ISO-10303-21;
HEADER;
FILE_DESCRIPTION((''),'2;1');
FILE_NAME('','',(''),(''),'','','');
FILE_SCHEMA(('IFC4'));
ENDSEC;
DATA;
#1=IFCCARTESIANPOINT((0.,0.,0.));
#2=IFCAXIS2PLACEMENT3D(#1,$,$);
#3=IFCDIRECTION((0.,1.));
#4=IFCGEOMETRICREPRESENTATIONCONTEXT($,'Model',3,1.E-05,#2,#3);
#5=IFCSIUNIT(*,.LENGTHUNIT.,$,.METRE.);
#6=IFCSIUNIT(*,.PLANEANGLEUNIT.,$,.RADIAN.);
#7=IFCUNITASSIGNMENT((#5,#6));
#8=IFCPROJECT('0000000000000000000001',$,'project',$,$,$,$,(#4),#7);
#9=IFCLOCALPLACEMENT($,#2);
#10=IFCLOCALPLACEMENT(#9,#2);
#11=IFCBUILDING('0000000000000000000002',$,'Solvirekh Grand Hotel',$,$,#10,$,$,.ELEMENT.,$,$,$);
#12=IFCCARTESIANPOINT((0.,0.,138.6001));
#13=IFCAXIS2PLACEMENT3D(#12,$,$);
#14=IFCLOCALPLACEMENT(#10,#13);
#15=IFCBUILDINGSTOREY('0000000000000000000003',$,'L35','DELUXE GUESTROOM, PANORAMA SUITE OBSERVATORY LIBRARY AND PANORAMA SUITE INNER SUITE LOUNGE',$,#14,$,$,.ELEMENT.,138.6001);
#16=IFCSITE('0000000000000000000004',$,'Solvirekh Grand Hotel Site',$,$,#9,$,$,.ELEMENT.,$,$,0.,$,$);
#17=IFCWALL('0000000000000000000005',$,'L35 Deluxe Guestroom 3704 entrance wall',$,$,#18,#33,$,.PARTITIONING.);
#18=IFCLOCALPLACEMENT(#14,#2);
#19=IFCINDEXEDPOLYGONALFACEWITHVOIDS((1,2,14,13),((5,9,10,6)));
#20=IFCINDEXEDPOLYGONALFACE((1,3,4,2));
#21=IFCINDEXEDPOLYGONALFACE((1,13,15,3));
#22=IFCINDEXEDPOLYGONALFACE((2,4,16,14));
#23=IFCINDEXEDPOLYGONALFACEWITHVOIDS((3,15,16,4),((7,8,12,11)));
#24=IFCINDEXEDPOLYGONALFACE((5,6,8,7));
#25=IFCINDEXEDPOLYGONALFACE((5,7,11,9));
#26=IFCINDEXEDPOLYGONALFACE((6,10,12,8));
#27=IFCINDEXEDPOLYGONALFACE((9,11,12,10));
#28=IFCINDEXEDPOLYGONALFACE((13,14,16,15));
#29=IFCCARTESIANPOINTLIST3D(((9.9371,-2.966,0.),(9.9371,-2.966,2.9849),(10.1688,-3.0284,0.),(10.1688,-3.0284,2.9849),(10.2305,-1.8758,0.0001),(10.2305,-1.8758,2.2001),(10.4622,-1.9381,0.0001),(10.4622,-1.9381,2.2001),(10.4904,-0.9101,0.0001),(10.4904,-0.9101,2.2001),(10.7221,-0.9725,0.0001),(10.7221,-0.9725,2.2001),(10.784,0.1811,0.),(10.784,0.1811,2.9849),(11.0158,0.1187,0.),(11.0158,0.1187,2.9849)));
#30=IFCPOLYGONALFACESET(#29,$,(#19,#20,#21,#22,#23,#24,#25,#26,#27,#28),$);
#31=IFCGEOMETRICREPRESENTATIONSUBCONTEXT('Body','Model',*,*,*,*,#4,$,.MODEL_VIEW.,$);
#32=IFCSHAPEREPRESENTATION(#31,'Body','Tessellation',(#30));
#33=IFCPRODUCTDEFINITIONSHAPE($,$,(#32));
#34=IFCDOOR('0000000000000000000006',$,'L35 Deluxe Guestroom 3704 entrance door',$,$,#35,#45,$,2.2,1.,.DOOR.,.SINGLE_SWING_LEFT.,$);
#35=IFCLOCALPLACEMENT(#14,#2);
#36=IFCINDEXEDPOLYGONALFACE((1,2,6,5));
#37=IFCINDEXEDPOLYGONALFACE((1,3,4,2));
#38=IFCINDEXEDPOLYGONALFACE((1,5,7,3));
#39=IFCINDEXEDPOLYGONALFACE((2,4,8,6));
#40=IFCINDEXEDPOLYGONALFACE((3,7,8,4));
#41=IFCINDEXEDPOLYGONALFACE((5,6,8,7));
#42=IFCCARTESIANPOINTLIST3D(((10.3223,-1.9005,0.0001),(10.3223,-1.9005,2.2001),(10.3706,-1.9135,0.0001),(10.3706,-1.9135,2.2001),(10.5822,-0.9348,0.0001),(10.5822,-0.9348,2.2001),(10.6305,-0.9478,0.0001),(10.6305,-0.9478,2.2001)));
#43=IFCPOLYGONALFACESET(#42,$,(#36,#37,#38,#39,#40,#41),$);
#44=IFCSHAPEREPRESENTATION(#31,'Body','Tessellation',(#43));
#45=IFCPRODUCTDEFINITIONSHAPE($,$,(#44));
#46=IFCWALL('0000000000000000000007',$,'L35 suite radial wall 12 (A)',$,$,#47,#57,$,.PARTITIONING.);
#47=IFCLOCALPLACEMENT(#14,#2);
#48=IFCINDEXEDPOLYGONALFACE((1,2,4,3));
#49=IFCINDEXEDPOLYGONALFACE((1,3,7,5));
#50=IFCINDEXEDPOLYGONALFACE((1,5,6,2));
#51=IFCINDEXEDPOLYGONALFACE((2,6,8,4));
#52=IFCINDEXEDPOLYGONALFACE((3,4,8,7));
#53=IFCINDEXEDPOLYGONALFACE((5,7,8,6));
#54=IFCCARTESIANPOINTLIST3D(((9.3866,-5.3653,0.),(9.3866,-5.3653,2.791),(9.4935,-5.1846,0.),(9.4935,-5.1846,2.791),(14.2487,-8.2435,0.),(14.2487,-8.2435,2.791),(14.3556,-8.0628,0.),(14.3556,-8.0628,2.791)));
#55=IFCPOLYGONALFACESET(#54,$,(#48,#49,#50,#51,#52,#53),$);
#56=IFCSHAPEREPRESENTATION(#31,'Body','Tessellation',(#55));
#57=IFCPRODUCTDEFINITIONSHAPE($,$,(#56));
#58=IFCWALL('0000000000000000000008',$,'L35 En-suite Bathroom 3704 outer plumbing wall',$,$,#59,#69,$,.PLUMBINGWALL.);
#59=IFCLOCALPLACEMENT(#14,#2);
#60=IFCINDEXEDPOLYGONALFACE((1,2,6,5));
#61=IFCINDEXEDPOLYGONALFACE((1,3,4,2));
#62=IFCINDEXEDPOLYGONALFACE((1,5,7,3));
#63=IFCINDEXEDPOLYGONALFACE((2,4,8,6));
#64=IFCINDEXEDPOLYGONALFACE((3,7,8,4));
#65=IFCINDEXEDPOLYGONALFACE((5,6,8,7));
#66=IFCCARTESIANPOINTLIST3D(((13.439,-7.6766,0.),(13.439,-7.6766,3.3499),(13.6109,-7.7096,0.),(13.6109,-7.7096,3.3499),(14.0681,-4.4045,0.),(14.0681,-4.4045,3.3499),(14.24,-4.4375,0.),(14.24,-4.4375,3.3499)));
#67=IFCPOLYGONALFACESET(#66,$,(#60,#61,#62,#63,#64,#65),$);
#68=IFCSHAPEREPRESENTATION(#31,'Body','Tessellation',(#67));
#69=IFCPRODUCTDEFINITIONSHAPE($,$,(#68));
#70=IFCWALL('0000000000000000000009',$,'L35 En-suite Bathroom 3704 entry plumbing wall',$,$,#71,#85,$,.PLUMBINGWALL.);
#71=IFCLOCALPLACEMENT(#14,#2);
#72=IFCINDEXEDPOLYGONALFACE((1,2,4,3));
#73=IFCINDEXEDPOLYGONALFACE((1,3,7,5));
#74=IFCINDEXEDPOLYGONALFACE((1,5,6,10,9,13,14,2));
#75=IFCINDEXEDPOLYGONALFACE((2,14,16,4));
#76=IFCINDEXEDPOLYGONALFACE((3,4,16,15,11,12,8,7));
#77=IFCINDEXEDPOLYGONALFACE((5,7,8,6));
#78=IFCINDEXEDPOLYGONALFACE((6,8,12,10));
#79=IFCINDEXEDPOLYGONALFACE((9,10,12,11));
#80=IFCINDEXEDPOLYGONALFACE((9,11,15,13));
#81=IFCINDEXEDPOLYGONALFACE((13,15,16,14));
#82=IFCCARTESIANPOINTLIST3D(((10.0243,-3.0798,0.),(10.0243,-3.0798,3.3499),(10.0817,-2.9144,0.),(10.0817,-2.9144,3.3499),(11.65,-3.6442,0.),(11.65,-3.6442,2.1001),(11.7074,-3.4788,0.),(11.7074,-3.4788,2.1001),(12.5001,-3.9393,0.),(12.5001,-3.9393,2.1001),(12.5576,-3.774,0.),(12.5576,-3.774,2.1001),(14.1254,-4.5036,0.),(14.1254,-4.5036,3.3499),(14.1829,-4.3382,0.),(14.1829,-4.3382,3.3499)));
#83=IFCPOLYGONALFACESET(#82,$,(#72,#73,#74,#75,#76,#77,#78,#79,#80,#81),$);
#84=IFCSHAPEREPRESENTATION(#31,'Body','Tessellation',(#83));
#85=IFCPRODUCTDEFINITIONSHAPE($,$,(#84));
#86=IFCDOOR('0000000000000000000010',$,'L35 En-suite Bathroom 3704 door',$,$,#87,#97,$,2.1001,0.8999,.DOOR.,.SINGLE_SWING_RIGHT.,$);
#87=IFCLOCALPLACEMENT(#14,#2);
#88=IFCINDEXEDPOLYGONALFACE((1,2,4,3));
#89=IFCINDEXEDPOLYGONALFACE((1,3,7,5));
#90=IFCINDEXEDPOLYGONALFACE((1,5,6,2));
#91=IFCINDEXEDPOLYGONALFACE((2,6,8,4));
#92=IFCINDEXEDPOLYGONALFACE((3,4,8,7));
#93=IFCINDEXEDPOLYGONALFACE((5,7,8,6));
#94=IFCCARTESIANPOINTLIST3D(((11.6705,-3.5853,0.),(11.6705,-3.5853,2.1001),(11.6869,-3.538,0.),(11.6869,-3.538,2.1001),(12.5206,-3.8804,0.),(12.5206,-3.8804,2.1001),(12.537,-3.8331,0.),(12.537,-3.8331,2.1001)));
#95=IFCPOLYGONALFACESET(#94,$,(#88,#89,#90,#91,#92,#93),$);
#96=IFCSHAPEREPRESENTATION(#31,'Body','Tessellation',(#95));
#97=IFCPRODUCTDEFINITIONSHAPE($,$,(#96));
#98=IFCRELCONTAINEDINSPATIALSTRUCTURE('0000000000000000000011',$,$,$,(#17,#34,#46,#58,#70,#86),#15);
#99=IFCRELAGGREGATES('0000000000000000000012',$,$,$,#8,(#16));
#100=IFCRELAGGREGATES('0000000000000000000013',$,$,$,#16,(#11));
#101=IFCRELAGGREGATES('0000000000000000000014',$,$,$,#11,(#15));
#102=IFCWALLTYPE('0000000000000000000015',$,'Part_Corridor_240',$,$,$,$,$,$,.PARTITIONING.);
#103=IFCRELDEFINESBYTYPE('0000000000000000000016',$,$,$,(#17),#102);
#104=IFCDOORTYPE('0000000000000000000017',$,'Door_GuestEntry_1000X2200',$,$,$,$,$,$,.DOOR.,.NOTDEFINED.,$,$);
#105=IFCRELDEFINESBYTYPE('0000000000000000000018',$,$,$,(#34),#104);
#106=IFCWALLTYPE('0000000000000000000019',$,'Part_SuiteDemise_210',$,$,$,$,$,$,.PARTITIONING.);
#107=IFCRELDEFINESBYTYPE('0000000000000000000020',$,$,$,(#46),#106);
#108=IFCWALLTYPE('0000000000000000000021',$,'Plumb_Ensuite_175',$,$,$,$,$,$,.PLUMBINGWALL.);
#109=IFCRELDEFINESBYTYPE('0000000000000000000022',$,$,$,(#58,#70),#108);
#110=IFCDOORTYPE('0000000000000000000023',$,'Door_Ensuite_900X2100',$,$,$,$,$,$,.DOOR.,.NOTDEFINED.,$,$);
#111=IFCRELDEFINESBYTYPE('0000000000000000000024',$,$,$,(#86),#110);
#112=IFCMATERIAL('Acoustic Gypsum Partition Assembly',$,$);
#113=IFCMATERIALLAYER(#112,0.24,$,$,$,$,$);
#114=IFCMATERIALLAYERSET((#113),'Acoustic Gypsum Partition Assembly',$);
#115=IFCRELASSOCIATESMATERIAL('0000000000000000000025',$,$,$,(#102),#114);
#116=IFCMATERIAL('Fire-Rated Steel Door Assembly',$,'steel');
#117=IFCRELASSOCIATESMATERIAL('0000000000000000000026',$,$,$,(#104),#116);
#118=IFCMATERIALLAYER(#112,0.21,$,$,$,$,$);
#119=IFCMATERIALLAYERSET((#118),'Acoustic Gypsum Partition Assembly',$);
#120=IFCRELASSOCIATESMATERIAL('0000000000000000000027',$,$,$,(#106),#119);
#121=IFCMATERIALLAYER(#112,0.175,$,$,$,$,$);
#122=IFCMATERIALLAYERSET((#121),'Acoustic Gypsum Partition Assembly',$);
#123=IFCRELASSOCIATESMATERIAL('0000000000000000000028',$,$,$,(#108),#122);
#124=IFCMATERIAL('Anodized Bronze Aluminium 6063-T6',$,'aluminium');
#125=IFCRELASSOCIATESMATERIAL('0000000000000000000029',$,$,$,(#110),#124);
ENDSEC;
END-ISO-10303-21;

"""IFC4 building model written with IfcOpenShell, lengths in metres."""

from ifc_helpers import new_model, si_unit, direction, frame, frame_2d, origin, place, context, subcontext, project, spatial, rectangle, extrude, material, layer, layer_set, type_object, element, fill, save


model = new_model("IFC4")

# Units and contexts
model_context = context("Model", 3, precision=1e-05, world=origin(), true_north=direction((0.0, 1.0)))
body_context = subcontext(model_context, "Body", "Model", "MODEL_VIEW")
ifc_project = project(units=[si_unit("LENGTHUNIT", "METRE"), si_unit("PLANEANGLEUNIT", "RADIAN")], contexts=[model_context])

# Site, building, storey
site_placement = place(None, origin())
site = spatial("IfcSite", under=ifc_project, at=site_placement, Name="Solvirekh Grand Hotel Site", CompositionType="ELEMENT", RefElevation=0.0)
building_placement = place(site_placement, origin())
building = spatial("IfcBuilding", under=site, at=building_placement, Name="Solvirekh Grand Hotel", CompositionType="ELEMENT")
storey_placement = place(building_placement, frame((0.0, 0.0, 138.6001)))
storey = spatial("IfcBuildingStorey", under=building, at=storey_placement, Name="L35", Description="DELUXE GUESTROOM, PANORAMA SUITE OBSERVATORY LIBRARY AND PANORAMA SUITE INNER SUITE LOUNGE", CompositionType="ELEMENT", Elevation=138.6001)

# Shared definitions
ifc_material_1 = material(Name="Anodized Bronze Aluminium 6063-T6", Category="aluminium")

# Shared definitions
ifc_material_2 = material(Name="Acoustic Gypsum Partition Assembly")
ifc_layer_1 = layer(ifc_material_2, 0.24)
ifc_layer_set_1 = layer_set([ifc_layer_1], Name="Acoustic Gypsum Partition Assembly")
wall_type_1 = type_object("IfcWallType", Name="Part_Corridor_240", PredefinedType="PARTITIONING", material=ifc_layer_set_1)
ifc_material_3 = material(Name="Fire-Rated Steel Door Assembly", Category="steel")

# Wall, opening, door
wall_1_placement = place(storey_placement, frame((10.053, -2.9971, 0.0), z_axis=(0.0, 0.0, 1.0), x_axis=(0.259877, 0.965642, 0.0)))
wall_1 = element("IfcWall", 1, at=wall_1_placement, inside=storey, type_object=wall_type_1, Name="L35 Deluxe Guestroom 3704 entrance wall", PredefinedType="PARTITIONING", context=body_context, shape_type="SweptSolid", body=[
    extrude(rectangle(XDim=3.259, YDim=0.24, at=frame_2d((1.6294, 0.0))), origin(), (0.0, 0.0, 1.0), 2.9849),
])
opening_1_placement = place(wall_1_placement, frame((1.1289, 0.0, 0.0)))
opening_1 = element("IfcOpeningElement", 2, at=opening_1_placement, cuts=wall_1, PredefinedType="OPENING", context=body_context, shape_type="SweptSolid", body=[
    extrude(rectangle(XDim=1.0, YDim=2.2, at=frame_2d((0.5, 1.1001))), frame((0.0, 0.1299, 0.0), z_axis=(0.0, -1.0, 0.0), x_axis=(1.0, 0.0, 0.0)), (0.0, 0.0, 1.0), 0.26),
])
door_type_1 = type_object("IfcDoorType", Name="Door_GuestEntry_1000X2200", OperationType="NOTDEFINED", PredefinedType="DOOR", material=ifc_material_3)
door_1_placement = place(opening_1_placement, origin())
door_1 = element("IfcDoor", 3, at=door_1_placement, inside=storey, type_object=door_type_1, Name="L35 Deluxe Guestroom 3704 entrance door", OperationType="SINGLE_SWING_LEFT", OverallHeight=2.2, OverallWidth=1.0, PredefinedType="DOOR", context=body_context, shape_type="SweptSolid", body=[
    extrude(rectangle(XDim=1.0, YDim=2.2, at=frame_2d((0.5, 1.1001))), frame((0.0, 0.0249, 0.0), z_axis=(0.0, -1.0, 0.0), x_axis=(1.0, 0.0, 0.0)), (0.0, 0.0, 1.0), 0.05),
])
fill(opening_1, door_1)

# Walls
ifc_layer_2 = layer(ifc_material_2, 0.21)
ifc_layer_set_2 = layer_set([ifc_layer_2], Name="Acoustic Gypsum Partition Assembly")
wall_type_2 = type_object("IfcWallType", Name="Part_SuiteDemise_210", PredefinedType="PARTITIONING", material=ifc_layer_set_2)
wall_2_placement = place(storey_placement, frame((9.4399, -5.2749, 0.0), z_axis=(0.0, 0.0, 1.0), x_axis=(0.860528, -0.509403, 0.0)))
element("IfcWall", 4, at=wall_2_placement, inside=storey, type_object=wall_type_2, Name="L35 suite radial wall 12 (A)", PredefinedType="PARTITIONING", context=body_context, shape_type="SweptSolid", body=[
    extrude(rectangle(XDim=5.6501, YDim=0.21, at=frame_2d((2.8252, 0.0))), origin(), (0.0, 0.0, 1.0), 2.791),
])
ifc_layer_3 = layer(ifc_material_2, 0.175)
ifc_layer_set_3 = layer_set([ifc_layer_3], Name="Acoustic Gypsum Partition Assembly")
wall_type_3 = type_object("IfcWallType", Name="Plumb_Ensuite_175", PredefinedType="PLUMBINGWALL", material=ifc_layer_set_3)
wall_3_placement = place(storey_placement, frame((13.5249, -7.6931, 0.0), z_axis=(0.0, 0.0, 1.0), x_axis=(0.188812, 0.982013, 0.0)))
element("IfcWall", 5, at=wall_3_placement, inside=storey, type_object=wall_type_3, Name="L35 En-suite Bathroom 3704 outer plumbing wall", PredefinedType="PLUMBINGWALL", context=body_context, shape_type="SweptSolid", body=[
    extrude(rectangle(XDim=3.332, YDim=0.175, at=frame_2d((1.666, 0.0))), origin(), (0.0, 0.0, 1.0), 3.3499),
])

# Wall, opening, door
wall_4_placement = place(storey_placement, frame((10.053, -2.9971, 0.0), z_axis=(0.0, 0.0, 1.0), x_axis=(0.944685, -0.32798, 0.0)))
wall_4 = element("IfcWall", 6, at=wall_4_placement, inside=storey, type_object=wall_type_3, Name="L35 En-suite Bathroom 3704 entry plumbing wall", PredefinedType="PLUMBINGWALL", context=body_context, shape_type="SweptSolid", body=[
    extrude(rectangle(XDim=4.3413, YDim=0.175, at=frame_2d((2.1707, 0.0))), origin(), (0.0, 0.0, 1.0), 3.3499),
])
opening_2_placement = place(wall_4_placement, frame((1.7209, 0.0, 0.0)))
opening_2 = element("IfcOpeningElement", 7, at=opening_2_placement, cuts=wall_4, PredefinedType="OPENING", context=body_context, shape_type="SweptSolid", body=[
    extrude(rectangle(XDim=0.8999, YDim=2.1001, at=frame_2d((0.45, 1.05))), frame((0.0, 0.0977, 0.0), z_axis=(0.0, -1.0, 0.0), x_axis=(1.0, 0.0, 0.0)), (0.0, 0.0, 1.0), 0.1951),
])
door_type_2 = type_object("IfcDoorType", Name="Door_Ensuite_900X2100", OperationType="NOTDEFINED", PredefinedType="DOOR", material=ifc_material_1)
door_2_placement = place(opening_2_placement, origin())
door_2 = element("IfcDoor", 8, at=door_2_placement, inside=storey, type_object=door_type_2, Name="L35 En-suite Bathroom 3704 door", OperationType="SINGLE_SWING_RIGHT", OverallHeight=2.1001, OverallWidth=0.8999, PredefinedType="DOOR", context=body_context, shape_type="SweptSolid", body=[
    extrude(rectangle(XDim=0.8999, YDim=2.1001, at=frame_2d((0.45, 1.05))), frame((0.0, 0.0249, 0.0), z_axis=(0.0, -1.0, 0.0), x_axis=(1.0, 0.0, 0.0)), (0.0, 0.0, 1.0), 0.05),
])
fill(opening_2, door_2)

save(model, "model.ifc")
